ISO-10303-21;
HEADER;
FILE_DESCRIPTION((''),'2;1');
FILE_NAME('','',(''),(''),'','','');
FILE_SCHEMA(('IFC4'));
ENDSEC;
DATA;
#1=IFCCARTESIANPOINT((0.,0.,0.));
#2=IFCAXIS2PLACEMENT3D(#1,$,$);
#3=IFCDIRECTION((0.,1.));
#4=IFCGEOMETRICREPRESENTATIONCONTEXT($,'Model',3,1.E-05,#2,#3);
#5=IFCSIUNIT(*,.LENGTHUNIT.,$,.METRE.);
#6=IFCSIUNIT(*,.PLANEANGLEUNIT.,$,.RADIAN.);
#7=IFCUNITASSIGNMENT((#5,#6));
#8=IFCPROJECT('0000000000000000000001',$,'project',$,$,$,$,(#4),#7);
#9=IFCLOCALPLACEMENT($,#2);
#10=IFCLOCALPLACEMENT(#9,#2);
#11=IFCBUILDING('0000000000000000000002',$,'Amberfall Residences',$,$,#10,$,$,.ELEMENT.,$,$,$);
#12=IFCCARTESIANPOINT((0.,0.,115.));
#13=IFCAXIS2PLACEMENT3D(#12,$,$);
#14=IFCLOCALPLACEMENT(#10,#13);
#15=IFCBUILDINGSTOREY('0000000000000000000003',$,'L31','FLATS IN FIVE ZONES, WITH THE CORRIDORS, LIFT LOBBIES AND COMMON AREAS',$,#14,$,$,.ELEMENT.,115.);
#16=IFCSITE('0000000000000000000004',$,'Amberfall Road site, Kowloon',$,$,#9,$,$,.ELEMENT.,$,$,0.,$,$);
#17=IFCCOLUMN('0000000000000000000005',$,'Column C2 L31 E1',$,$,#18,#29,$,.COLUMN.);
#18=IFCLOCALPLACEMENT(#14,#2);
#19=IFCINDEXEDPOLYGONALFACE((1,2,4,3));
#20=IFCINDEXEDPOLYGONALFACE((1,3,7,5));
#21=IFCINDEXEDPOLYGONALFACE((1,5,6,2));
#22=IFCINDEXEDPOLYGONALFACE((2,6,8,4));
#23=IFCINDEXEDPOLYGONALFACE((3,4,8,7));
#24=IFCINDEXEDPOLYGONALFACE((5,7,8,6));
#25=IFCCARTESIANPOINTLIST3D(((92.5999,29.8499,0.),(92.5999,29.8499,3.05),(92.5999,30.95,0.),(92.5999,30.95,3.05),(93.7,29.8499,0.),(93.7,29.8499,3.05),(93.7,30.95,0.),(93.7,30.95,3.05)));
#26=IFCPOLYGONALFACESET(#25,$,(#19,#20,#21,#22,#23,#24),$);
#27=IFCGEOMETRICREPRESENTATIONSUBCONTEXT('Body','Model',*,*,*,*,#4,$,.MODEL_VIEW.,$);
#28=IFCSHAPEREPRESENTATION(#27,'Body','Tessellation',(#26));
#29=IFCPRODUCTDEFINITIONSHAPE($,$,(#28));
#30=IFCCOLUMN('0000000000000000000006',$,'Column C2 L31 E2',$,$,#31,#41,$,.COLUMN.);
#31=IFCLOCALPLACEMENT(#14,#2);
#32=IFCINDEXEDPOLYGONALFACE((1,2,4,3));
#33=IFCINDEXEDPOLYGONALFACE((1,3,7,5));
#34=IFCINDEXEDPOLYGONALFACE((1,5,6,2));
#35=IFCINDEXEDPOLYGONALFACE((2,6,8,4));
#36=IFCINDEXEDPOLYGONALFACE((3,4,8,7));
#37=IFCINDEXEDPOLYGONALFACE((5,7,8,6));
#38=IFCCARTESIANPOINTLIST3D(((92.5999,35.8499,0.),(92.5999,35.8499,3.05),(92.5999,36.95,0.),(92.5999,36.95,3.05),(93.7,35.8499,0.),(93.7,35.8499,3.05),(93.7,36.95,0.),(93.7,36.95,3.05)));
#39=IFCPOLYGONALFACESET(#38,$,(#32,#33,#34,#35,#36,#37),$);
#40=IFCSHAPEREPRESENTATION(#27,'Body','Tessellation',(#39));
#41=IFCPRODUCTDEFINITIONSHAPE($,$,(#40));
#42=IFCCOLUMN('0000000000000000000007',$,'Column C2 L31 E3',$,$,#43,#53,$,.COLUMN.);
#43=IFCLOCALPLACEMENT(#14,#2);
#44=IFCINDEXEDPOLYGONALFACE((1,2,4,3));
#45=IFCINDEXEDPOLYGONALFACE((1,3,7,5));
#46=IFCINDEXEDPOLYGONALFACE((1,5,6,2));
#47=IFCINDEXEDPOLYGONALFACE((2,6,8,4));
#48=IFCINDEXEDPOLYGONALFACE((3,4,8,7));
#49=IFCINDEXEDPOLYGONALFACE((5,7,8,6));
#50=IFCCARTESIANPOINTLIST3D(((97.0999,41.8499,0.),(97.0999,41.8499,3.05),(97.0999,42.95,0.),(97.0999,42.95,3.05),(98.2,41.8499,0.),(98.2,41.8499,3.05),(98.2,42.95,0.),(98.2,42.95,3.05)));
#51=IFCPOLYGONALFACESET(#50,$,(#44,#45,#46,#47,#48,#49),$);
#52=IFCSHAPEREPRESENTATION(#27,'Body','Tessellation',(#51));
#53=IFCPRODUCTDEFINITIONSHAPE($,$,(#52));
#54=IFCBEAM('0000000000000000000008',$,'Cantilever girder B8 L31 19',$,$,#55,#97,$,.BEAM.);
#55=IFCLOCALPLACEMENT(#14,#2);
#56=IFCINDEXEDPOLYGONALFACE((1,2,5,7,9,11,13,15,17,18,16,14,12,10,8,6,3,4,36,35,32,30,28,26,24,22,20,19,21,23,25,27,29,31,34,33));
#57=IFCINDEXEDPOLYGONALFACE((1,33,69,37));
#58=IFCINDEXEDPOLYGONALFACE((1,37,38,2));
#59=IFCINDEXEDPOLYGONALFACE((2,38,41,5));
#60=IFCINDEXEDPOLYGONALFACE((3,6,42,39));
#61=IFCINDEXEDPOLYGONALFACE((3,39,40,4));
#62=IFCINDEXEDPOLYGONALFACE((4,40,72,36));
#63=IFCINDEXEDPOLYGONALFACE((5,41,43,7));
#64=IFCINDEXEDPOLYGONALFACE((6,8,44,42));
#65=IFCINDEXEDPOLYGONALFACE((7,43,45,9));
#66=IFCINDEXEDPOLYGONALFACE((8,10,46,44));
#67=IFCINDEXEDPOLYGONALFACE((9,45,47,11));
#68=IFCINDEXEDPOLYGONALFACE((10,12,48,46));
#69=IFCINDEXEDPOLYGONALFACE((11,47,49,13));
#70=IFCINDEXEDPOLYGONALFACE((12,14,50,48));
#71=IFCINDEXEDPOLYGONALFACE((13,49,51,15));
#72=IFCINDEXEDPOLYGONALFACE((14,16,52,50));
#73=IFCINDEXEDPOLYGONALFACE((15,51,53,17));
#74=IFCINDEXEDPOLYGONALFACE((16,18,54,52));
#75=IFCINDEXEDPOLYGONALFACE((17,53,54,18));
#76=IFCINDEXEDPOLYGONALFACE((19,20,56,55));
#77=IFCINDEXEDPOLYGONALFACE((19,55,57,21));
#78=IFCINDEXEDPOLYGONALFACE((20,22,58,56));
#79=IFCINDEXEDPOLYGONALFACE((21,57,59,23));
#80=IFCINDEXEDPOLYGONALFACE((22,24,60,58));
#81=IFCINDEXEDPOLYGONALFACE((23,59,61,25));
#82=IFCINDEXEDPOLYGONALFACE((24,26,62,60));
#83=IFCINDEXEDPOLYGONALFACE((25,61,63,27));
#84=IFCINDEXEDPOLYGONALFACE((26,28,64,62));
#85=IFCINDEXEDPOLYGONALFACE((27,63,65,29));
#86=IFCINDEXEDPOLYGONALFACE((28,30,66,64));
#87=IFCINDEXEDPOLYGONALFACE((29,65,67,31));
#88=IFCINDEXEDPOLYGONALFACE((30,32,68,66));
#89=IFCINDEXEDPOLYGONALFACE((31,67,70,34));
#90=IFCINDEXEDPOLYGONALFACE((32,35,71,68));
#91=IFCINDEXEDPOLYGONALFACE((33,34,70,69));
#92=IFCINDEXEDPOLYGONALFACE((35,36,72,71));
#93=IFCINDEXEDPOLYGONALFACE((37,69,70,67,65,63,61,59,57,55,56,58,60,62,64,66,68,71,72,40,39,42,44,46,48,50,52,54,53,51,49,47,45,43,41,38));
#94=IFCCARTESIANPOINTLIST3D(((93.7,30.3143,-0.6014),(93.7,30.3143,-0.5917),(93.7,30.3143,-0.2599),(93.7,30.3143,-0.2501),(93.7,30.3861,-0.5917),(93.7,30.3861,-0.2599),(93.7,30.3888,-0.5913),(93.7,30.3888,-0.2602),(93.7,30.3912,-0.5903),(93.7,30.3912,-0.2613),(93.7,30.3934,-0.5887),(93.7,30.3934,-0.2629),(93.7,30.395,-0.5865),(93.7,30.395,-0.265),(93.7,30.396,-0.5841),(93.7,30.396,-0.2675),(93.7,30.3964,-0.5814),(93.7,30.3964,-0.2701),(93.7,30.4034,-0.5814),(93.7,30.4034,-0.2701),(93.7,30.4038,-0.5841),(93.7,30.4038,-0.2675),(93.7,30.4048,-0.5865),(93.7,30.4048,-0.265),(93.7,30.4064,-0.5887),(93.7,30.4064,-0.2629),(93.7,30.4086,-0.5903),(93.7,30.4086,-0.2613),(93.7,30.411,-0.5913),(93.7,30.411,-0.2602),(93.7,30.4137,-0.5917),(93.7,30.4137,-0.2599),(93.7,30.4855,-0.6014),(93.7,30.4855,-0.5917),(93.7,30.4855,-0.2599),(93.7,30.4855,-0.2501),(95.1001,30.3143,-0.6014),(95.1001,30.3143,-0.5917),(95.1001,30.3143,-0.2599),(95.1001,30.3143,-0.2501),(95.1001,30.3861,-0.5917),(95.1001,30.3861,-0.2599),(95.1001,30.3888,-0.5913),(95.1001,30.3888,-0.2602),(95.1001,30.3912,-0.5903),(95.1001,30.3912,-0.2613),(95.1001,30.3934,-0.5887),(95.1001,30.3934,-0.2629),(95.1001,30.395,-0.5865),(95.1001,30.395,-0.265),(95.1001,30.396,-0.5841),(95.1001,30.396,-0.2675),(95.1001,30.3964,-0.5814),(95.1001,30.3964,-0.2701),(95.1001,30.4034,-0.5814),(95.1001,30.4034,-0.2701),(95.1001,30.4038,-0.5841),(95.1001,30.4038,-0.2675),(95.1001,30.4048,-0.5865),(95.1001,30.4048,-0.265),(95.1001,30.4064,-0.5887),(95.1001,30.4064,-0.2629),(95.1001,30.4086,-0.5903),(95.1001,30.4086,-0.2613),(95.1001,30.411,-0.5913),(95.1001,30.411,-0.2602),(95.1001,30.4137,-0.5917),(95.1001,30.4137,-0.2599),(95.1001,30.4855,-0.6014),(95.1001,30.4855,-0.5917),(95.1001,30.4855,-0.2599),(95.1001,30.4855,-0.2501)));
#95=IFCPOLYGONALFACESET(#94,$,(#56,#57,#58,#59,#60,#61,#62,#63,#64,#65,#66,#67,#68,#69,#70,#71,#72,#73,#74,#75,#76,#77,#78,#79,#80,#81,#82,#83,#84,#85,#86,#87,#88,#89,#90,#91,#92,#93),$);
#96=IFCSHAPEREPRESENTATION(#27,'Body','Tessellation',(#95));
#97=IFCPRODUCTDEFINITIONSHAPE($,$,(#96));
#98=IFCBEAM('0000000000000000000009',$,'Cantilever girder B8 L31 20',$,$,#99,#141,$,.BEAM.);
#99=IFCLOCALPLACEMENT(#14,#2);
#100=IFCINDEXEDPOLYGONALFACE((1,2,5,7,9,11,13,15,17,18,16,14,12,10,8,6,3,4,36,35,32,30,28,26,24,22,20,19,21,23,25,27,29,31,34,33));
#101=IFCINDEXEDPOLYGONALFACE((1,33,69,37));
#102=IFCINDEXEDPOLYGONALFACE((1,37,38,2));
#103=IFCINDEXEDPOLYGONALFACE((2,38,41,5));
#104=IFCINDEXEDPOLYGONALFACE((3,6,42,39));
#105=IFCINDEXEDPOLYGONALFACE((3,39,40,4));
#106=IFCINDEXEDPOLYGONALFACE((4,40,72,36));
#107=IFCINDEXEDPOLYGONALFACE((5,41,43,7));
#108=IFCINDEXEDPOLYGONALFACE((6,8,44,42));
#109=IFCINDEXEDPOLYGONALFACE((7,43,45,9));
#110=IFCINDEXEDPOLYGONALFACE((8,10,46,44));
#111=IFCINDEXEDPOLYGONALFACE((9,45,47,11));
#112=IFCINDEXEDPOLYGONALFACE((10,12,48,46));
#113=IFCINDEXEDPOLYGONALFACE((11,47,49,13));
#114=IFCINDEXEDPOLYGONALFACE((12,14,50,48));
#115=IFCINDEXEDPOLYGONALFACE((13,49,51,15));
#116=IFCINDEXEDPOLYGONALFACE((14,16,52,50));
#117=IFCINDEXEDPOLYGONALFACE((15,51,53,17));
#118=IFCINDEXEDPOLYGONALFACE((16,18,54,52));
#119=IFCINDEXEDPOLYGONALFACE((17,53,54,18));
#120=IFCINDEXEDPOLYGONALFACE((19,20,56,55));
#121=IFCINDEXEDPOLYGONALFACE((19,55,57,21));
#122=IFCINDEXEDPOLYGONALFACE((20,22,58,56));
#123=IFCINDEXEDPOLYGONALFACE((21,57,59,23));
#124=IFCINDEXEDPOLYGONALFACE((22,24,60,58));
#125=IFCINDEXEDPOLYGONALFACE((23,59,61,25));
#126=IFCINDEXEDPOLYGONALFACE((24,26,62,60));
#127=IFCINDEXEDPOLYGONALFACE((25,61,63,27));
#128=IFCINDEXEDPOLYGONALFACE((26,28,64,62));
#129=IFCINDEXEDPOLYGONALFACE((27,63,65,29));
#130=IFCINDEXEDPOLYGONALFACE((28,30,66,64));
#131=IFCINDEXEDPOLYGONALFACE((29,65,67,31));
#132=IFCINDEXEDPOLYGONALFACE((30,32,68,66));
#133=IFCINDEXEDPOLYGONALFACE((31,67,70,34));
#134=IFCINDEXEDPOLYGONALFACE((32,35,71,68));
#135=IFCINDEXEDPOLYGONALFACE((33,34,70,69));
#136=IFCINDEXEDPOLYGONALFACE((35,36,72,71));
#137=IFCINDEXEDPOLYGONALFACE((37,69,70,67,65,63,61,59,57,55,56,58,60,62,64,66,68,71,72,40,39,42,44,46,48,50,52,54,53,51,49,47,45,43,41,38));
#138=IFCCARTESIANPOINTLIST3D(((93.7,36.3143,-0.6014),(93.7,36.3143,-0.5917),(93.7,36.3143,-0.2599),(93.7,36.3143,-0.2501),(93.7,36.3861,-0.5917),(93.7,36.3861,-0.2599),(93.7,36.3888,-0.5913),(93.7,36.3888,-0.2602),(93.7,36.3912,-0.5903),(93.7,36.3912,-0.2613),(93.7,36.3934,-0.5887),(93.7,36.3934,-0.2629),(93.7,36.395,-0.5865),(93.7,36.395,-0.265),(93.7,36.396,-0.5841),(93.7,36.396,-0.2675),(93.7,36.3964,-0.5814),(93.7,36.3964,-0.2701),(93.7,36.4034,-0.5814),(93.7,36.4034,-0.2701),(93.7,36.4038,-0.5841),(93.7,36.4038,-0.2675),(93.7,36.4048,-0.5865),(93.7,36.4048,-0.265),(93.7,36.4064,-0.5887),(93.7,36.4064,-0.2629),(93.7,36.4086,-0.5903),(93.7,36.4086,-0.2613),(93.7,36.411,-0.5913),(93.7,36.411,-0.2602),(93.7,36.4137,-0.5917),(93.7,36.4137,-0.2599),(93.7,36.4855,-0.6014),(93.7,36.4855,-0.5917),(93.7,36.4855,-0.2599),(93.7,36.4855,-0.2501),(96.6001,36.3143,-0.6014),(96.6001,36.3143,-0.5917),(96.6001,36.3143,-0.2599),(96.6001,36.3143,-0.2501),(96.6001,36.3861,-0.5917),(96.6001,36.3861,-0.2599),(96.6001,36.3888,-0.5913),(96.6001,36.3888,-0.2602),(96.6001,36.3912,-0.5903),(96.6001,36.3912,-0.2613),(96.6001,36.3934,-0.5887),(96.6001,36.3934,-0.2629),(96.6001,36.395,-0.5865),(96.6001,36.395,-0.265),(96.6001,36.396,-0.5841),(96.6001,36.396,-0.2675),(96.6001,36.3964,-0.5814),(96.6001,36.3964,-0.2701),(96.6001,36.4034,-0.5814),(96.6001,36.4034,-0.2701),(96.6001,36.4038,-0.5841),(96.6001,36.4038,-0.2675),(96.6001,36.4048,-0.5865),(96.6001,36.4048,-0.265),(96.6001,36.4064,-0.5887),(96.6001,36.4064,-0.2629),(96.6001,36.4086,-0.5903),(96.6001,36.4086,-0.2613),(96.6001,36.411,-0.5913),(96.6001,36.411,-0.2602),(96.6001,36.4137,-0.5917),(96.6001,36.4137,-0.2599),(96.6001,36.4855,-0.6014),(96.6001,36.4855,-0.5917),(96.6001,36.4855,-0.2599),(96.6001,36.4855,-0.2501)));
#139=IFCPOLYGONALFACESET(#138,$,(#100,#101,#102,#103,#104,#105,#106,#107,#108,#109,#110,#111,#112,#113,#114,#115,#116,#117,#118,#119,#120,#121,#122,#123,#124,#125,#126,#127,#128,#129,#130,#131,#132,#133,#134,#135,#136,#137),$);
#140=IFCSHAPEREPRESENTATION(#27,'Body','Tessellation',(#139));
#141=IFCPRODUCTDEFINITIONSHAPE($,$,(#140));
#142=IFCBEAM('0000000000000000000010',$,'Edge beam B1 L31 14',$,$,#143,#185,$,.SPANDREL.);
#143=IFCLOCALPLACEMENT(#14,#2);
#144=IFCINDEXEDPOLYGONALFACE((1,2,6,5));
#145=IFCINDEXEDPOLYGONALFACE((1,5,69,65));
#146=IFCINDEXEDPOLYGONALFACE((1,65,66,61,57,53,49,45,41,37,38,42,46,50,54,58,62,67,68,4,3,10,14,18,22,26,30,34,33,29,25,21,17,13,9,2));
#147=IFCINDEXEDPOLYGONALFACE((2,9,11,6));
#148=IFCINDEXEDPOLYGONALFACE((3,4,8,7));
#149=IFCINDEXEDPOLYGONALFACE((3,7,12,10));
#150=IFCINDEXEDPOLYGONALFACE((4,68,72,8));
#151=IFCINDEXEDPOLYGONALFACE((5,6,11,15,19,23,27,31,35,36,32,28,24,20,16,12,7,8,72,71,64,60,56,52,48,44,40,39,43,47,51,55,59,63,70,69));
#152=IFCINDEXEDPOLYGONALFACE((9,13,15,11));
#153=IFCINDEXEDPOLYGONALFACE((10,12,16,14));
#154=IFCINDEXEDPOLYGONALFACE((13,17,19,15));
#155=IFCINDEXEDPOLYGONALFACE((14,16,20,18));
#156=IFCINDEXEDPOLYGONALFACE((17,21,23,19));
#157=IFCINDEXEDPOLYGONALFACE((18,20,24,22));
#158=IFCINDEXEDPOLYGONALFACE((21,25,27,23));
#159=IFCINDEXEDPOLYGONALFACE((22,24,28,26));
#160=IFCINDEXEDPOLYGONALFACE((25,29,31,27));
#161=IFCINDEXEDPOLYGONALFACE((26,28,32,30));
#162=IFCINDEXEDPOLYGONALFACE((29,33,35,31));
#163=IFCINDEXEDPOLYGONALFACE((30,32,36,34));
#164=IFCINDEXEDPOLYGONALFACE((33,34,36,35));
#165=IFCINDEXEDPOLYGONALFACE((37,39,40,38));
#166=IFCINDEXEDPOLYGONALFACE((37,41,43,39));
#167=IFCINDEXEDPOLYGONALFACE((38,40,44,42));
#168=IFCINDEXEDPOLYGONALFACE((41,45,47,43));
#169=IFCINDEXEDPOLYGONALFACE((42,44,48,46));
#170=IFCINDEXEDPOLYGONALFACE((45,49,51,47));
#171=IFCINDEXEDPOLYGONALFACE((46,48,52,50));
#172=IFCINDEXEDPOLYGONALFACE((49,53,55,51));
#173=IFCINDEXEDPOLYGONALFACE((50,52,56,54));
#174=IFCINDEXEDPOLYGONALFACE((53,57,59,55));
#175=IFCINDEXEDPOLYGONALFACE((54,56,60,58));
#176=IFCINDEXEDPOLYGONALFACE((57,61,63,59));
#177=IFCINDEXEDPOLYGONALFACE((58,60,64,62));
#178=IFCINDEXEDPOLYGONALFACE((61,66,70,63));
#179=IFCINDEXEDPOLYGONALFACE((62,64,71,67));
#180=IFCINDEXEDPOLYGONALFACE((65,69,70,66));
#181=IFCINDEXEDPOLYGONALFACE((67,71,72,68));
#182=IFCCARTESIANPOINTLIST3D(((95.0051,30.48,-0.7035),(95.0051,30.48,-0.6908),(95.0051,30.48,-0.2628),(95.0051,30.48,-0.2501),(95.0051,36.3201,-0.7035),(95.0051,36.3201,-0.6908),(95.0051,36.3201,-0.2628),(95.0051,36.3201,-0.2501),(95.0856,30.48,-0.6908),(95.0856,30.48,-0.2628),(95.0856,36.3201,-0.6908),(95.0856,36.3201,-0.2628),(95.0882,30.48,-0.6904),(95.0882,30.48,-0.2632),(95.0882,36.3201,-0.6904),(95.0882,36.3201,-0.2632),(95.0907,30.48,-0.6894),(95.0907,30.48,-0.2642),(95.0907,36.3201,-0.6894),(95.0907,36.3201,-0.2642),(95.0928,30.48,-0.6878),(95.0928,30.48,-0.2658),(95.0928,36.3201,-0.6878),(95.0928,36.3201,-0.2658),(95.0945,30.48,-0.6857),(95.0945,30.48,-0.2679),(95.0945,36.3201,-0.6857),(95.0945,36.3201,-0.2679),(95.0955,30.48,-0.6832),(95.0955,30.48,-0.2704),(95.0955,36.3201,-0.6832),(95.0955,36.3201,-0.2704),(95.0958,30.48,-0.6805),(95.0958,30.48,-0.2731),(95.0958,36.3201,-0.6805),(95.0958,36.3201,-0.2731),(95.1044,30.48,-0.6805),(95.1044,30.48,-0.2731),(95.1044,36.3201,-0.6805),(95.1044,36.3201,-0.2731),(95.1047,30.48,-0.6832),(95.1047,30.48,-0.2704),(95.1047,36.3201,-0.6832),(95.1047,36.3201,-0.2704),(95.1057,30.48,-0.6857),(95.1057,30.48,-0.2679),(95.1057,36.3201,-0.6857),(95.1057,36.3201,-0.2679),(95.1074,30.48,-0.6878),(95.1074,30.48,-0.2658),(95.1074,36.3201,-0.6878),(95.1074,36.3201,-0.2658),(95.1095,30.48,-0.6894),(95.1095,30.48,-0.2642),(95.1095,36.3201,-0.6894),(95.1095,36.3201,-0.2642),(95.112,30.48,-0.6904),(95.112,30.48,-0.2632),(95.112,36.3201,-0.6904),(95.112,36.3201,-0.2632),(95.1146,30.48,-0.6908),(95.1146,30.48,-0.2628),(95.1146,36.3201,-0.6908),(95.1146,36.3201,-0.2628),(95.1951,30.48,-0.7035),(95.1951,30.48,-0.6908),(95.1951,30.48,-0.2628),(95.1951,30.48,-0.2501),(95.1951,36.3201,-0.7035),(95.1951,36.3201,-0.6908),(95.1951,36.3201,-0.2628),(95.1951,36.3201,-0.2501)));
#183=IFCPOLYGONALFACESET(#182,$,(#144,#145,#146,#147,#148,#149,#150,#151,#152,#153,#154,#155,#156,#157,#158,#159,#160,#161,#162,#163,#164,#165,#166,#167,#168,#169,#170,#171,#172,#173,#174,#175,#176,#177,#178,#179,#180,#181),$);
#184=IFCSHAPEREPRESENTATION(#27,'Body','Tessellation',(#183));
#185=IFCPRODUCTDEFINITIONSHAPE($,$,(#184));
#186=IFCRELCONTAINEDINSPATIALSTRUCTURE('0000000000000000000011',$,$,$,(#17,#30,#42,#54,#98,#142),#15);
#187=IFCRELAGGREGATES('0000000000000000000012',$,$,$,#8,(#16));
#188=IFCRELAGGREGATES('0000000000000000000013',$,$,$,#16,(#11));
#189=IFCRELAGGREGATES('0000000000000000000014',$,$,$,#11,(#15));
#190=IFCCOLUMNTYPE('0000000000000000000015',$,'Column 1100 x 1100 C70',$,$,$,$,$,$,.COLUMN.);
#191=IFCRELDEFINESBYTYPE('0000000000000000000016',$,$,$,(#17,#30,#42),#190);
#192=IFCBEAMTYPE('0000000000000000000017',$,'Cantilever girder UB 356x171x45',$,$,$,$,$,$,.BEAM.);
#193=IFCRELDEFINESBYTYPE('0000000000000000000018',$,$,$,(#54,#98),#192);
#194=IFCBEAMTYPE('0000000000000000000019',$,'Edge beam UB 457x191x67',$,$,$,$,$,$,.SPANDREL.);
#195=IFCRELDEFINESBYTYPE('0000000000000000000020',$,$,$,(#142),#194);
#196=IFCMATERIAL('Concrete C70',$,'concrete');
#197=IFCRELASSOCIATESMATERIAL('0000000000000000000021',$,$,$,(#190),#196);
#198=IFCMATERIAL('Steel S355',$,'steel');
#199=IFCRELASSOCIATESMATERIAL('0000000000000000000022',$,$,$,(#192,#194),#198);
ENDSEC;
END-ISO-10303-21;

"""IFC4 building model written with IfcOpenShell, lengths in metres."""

from ifc_helpers import new_model, si_unit, direction, frame, origin, origin_2d, place, context, subcontext, project, spatial, rectangle, i_section, extrude, material, material_profile, profile_set, type_object, element, save


model = new_model("IFC4")

# Units and contexts
model_context = context("Model", 3, precision=1e-05, world=origin(), true_north=direction((0.0, 1.0)))
body_context = subcontext(model_context, "Body", "Model", "MODEL_VIEW")
ifc_project = project(units=[si_unit("LENGTHUNIT", "METRE"), si_unit("PLANEANGLEUNIT", "RADIAN")], contexts=[model_context])

# Site, building, storey
site_placement = place(None, origin())
site = spatial("IfcSite", under=ifc_project, at=site_placement, Name="Amberfall Road site, Kowloon", CompositionType="ELEMENT", RefElevation=0.0)
building_placement = place(site_placement, origin())
building = spatial("IfcBuilding", under=site, at=building_placement, Name="Amberfall Residences", CompositionType="ELEMENT")
storey_placement = place(building_placement, frame((0.0, 0.0, 115.0)))
storey = spatial("IfcBuildingStorey", under=building, at=storey_placement, Name="L31", Description="FLATS IN FIVE ZONES, WITH THE CORRIDORS, LIFT LOBBIES AND COMMON AREAS", CompositionType="ELEMENT", Elevation=115.0)

# Columns
ifc_material_1 = material(Name="Concrete C70", Category="concrete")
ifc_material_profile_1 = material_profile(ifc_material_1, rectangle(XDim=1.1001, YDim=1.1001, at=origin_2d()), Name="Column 1100 x 1100 C70")
ifc_profile_set_1 = profile_set([ifc_material_profile_1], Name="Concrete C70")
column_type = type_object("IfcColumnType", Name="Column 1100 x 1100 C70", PredefinedType="COLUMN", material=ifc_profile_set_1)
for number, where, z_axis, x_axis, name in (
    (1, (93.1499, 30.3999, 0.0), (0.0, 0.0, 1.0), (1.0, 0.0, 0.0), "Column C2 L31 E1"),
    (2, (93.1499, 36.3999, 0.0), (0.0, 0.0, 1.0), (1.0, 0.0, 0.0), "Column C2 L31 E2"),
    (3, (97.6499, 42.3999, 0.0), (0.0, 0.0, 1.0), (1.0, 0.0, 0.0), "Column C2 L31 E3"),
):
    element("IfcColumn", number, at=place(storey_placement, frame(where, z_axis=z_axis, x_axis=x_axis)), inside=storey, type_object=column_type, Name=name, PredefinedType="COLUMN", context=body_context, shape_type="SweptSolid", body=[
        extrude(rectangle(XDim=1.1001, YDim=1.1001, at=origin_2d()), origin(), (0.0, 0.0, 1.0), 3.05),
    ])

# Beams
ifc_material_2 = material(Name="Steel S355", Category="steel")
ifc_material_profile_2 = material_profile(ifc_material_2, i_section(OverallWidth=0.1711, OverallDepth=0.3513, WebThickness=0.0071, FlangeThickness=0.0098, FilletRadius=0.0103, at=origin_2d()), Name="UB 356x171x45")
ifc_profile_set_2 = profile_set([ifc_material_profile_2], Name="Steel S355")
beam_type_1 = type_object("IfcBeamType", Name="Cantilever girder UB 356x171x45", PredefinedType="BEAM", material=ifc_profile_set_2)
beam_1_placement = place(storey_placement, frame((93.7, 30.3999, -0.4258), z_axis=(1.0, 0.0, 0.0), x_axis=(0.0, 1.0, 0.0)))
element("IfcBeam", 4, at=beam_1_placement, inside=storey, type_object=beam_type_1, Name="Cantilever girder B8 L31 19", PredefinedType="BEAM", context=body_context, shape_type="SweptSolid", body=[
    extrude(i_section(OverallWidth=0.1711, OverallDepth=0.3513, WebThickness=0.0071, FlangeThickness=0.0098, FilletRadius=0.0103, at=origin_2d()), origin(), (0.0, 0.0, 1.0), 1.4001),
])
beam_2_placement = place(storey_placement, frame((93.7, 36.3999, -0.4258), z_axis=(1.0, 0.0, 0.0), x_axis=(0.0, 1.0, 0.0)))
element("IfcBeam", 5, at=beam_2_placement, inside=storey, type_object=beam_type_1, Name="Cantilever girder B8 L31 20", PredefinedType="BEAM", context=body_context, shape_type="SweptSolid", body=[
    extrude(i_section(OverallWidth=0.1711, OverallDepth=0.3513, WebThickness=0.0071, FlangeThickness=0.0098, FilletRadius=0.0103, at=origin_2d()), origin(), (0.0, 0.0, 1.0), 2.9001),
])
ifc_material_profile_3 = material_profile(ifc_material_2, i_section(OverallWidth=0.1899, OverallDepth=0.4534, WebThickness=0.0085, FlangeThickness=0.0127, FilletRadius=0.0103, at=origin_2d()), Name="UB 457x191x67")
ifc_profile_set_3 = profile_set([ifc_material_profile_3], Name="Steel S355")
beam_type_2 = type_object("IfcBeamType", Name="Edge beam UB 457x191x67", PredefinedType="SPANDREL", material=ifc_profile_set_3)
for number, where, z_axis, x_axis, name in (
    (6, (95.1001, 30.48, -0.4768), (0.0, 1.0, 0.0), (-1.0, 0.0, 0.0), "Edge beam B1 L31 14"),
):
    element("IfcBeam", number, at=place(storey_placement, frame(where, z_axis=z_axis, x_axis=x_axis)), inside=storey, type_object=beam_type_2, Name=name, PredefinedType="SPANDREL", context=body_context, shape_type="SweptSolid", body=[
        extrude(i_section(OverallWidth=0.1899, OverallDepth=0.4534, WebThickness=0.0085, FlangeThickness=0.0127, FilletRadius=0.0103, at=origin_2d()), origin(), (0.0, 0.0, 1.0), 5.8401),
    ])

save(model, "model.ifc")
